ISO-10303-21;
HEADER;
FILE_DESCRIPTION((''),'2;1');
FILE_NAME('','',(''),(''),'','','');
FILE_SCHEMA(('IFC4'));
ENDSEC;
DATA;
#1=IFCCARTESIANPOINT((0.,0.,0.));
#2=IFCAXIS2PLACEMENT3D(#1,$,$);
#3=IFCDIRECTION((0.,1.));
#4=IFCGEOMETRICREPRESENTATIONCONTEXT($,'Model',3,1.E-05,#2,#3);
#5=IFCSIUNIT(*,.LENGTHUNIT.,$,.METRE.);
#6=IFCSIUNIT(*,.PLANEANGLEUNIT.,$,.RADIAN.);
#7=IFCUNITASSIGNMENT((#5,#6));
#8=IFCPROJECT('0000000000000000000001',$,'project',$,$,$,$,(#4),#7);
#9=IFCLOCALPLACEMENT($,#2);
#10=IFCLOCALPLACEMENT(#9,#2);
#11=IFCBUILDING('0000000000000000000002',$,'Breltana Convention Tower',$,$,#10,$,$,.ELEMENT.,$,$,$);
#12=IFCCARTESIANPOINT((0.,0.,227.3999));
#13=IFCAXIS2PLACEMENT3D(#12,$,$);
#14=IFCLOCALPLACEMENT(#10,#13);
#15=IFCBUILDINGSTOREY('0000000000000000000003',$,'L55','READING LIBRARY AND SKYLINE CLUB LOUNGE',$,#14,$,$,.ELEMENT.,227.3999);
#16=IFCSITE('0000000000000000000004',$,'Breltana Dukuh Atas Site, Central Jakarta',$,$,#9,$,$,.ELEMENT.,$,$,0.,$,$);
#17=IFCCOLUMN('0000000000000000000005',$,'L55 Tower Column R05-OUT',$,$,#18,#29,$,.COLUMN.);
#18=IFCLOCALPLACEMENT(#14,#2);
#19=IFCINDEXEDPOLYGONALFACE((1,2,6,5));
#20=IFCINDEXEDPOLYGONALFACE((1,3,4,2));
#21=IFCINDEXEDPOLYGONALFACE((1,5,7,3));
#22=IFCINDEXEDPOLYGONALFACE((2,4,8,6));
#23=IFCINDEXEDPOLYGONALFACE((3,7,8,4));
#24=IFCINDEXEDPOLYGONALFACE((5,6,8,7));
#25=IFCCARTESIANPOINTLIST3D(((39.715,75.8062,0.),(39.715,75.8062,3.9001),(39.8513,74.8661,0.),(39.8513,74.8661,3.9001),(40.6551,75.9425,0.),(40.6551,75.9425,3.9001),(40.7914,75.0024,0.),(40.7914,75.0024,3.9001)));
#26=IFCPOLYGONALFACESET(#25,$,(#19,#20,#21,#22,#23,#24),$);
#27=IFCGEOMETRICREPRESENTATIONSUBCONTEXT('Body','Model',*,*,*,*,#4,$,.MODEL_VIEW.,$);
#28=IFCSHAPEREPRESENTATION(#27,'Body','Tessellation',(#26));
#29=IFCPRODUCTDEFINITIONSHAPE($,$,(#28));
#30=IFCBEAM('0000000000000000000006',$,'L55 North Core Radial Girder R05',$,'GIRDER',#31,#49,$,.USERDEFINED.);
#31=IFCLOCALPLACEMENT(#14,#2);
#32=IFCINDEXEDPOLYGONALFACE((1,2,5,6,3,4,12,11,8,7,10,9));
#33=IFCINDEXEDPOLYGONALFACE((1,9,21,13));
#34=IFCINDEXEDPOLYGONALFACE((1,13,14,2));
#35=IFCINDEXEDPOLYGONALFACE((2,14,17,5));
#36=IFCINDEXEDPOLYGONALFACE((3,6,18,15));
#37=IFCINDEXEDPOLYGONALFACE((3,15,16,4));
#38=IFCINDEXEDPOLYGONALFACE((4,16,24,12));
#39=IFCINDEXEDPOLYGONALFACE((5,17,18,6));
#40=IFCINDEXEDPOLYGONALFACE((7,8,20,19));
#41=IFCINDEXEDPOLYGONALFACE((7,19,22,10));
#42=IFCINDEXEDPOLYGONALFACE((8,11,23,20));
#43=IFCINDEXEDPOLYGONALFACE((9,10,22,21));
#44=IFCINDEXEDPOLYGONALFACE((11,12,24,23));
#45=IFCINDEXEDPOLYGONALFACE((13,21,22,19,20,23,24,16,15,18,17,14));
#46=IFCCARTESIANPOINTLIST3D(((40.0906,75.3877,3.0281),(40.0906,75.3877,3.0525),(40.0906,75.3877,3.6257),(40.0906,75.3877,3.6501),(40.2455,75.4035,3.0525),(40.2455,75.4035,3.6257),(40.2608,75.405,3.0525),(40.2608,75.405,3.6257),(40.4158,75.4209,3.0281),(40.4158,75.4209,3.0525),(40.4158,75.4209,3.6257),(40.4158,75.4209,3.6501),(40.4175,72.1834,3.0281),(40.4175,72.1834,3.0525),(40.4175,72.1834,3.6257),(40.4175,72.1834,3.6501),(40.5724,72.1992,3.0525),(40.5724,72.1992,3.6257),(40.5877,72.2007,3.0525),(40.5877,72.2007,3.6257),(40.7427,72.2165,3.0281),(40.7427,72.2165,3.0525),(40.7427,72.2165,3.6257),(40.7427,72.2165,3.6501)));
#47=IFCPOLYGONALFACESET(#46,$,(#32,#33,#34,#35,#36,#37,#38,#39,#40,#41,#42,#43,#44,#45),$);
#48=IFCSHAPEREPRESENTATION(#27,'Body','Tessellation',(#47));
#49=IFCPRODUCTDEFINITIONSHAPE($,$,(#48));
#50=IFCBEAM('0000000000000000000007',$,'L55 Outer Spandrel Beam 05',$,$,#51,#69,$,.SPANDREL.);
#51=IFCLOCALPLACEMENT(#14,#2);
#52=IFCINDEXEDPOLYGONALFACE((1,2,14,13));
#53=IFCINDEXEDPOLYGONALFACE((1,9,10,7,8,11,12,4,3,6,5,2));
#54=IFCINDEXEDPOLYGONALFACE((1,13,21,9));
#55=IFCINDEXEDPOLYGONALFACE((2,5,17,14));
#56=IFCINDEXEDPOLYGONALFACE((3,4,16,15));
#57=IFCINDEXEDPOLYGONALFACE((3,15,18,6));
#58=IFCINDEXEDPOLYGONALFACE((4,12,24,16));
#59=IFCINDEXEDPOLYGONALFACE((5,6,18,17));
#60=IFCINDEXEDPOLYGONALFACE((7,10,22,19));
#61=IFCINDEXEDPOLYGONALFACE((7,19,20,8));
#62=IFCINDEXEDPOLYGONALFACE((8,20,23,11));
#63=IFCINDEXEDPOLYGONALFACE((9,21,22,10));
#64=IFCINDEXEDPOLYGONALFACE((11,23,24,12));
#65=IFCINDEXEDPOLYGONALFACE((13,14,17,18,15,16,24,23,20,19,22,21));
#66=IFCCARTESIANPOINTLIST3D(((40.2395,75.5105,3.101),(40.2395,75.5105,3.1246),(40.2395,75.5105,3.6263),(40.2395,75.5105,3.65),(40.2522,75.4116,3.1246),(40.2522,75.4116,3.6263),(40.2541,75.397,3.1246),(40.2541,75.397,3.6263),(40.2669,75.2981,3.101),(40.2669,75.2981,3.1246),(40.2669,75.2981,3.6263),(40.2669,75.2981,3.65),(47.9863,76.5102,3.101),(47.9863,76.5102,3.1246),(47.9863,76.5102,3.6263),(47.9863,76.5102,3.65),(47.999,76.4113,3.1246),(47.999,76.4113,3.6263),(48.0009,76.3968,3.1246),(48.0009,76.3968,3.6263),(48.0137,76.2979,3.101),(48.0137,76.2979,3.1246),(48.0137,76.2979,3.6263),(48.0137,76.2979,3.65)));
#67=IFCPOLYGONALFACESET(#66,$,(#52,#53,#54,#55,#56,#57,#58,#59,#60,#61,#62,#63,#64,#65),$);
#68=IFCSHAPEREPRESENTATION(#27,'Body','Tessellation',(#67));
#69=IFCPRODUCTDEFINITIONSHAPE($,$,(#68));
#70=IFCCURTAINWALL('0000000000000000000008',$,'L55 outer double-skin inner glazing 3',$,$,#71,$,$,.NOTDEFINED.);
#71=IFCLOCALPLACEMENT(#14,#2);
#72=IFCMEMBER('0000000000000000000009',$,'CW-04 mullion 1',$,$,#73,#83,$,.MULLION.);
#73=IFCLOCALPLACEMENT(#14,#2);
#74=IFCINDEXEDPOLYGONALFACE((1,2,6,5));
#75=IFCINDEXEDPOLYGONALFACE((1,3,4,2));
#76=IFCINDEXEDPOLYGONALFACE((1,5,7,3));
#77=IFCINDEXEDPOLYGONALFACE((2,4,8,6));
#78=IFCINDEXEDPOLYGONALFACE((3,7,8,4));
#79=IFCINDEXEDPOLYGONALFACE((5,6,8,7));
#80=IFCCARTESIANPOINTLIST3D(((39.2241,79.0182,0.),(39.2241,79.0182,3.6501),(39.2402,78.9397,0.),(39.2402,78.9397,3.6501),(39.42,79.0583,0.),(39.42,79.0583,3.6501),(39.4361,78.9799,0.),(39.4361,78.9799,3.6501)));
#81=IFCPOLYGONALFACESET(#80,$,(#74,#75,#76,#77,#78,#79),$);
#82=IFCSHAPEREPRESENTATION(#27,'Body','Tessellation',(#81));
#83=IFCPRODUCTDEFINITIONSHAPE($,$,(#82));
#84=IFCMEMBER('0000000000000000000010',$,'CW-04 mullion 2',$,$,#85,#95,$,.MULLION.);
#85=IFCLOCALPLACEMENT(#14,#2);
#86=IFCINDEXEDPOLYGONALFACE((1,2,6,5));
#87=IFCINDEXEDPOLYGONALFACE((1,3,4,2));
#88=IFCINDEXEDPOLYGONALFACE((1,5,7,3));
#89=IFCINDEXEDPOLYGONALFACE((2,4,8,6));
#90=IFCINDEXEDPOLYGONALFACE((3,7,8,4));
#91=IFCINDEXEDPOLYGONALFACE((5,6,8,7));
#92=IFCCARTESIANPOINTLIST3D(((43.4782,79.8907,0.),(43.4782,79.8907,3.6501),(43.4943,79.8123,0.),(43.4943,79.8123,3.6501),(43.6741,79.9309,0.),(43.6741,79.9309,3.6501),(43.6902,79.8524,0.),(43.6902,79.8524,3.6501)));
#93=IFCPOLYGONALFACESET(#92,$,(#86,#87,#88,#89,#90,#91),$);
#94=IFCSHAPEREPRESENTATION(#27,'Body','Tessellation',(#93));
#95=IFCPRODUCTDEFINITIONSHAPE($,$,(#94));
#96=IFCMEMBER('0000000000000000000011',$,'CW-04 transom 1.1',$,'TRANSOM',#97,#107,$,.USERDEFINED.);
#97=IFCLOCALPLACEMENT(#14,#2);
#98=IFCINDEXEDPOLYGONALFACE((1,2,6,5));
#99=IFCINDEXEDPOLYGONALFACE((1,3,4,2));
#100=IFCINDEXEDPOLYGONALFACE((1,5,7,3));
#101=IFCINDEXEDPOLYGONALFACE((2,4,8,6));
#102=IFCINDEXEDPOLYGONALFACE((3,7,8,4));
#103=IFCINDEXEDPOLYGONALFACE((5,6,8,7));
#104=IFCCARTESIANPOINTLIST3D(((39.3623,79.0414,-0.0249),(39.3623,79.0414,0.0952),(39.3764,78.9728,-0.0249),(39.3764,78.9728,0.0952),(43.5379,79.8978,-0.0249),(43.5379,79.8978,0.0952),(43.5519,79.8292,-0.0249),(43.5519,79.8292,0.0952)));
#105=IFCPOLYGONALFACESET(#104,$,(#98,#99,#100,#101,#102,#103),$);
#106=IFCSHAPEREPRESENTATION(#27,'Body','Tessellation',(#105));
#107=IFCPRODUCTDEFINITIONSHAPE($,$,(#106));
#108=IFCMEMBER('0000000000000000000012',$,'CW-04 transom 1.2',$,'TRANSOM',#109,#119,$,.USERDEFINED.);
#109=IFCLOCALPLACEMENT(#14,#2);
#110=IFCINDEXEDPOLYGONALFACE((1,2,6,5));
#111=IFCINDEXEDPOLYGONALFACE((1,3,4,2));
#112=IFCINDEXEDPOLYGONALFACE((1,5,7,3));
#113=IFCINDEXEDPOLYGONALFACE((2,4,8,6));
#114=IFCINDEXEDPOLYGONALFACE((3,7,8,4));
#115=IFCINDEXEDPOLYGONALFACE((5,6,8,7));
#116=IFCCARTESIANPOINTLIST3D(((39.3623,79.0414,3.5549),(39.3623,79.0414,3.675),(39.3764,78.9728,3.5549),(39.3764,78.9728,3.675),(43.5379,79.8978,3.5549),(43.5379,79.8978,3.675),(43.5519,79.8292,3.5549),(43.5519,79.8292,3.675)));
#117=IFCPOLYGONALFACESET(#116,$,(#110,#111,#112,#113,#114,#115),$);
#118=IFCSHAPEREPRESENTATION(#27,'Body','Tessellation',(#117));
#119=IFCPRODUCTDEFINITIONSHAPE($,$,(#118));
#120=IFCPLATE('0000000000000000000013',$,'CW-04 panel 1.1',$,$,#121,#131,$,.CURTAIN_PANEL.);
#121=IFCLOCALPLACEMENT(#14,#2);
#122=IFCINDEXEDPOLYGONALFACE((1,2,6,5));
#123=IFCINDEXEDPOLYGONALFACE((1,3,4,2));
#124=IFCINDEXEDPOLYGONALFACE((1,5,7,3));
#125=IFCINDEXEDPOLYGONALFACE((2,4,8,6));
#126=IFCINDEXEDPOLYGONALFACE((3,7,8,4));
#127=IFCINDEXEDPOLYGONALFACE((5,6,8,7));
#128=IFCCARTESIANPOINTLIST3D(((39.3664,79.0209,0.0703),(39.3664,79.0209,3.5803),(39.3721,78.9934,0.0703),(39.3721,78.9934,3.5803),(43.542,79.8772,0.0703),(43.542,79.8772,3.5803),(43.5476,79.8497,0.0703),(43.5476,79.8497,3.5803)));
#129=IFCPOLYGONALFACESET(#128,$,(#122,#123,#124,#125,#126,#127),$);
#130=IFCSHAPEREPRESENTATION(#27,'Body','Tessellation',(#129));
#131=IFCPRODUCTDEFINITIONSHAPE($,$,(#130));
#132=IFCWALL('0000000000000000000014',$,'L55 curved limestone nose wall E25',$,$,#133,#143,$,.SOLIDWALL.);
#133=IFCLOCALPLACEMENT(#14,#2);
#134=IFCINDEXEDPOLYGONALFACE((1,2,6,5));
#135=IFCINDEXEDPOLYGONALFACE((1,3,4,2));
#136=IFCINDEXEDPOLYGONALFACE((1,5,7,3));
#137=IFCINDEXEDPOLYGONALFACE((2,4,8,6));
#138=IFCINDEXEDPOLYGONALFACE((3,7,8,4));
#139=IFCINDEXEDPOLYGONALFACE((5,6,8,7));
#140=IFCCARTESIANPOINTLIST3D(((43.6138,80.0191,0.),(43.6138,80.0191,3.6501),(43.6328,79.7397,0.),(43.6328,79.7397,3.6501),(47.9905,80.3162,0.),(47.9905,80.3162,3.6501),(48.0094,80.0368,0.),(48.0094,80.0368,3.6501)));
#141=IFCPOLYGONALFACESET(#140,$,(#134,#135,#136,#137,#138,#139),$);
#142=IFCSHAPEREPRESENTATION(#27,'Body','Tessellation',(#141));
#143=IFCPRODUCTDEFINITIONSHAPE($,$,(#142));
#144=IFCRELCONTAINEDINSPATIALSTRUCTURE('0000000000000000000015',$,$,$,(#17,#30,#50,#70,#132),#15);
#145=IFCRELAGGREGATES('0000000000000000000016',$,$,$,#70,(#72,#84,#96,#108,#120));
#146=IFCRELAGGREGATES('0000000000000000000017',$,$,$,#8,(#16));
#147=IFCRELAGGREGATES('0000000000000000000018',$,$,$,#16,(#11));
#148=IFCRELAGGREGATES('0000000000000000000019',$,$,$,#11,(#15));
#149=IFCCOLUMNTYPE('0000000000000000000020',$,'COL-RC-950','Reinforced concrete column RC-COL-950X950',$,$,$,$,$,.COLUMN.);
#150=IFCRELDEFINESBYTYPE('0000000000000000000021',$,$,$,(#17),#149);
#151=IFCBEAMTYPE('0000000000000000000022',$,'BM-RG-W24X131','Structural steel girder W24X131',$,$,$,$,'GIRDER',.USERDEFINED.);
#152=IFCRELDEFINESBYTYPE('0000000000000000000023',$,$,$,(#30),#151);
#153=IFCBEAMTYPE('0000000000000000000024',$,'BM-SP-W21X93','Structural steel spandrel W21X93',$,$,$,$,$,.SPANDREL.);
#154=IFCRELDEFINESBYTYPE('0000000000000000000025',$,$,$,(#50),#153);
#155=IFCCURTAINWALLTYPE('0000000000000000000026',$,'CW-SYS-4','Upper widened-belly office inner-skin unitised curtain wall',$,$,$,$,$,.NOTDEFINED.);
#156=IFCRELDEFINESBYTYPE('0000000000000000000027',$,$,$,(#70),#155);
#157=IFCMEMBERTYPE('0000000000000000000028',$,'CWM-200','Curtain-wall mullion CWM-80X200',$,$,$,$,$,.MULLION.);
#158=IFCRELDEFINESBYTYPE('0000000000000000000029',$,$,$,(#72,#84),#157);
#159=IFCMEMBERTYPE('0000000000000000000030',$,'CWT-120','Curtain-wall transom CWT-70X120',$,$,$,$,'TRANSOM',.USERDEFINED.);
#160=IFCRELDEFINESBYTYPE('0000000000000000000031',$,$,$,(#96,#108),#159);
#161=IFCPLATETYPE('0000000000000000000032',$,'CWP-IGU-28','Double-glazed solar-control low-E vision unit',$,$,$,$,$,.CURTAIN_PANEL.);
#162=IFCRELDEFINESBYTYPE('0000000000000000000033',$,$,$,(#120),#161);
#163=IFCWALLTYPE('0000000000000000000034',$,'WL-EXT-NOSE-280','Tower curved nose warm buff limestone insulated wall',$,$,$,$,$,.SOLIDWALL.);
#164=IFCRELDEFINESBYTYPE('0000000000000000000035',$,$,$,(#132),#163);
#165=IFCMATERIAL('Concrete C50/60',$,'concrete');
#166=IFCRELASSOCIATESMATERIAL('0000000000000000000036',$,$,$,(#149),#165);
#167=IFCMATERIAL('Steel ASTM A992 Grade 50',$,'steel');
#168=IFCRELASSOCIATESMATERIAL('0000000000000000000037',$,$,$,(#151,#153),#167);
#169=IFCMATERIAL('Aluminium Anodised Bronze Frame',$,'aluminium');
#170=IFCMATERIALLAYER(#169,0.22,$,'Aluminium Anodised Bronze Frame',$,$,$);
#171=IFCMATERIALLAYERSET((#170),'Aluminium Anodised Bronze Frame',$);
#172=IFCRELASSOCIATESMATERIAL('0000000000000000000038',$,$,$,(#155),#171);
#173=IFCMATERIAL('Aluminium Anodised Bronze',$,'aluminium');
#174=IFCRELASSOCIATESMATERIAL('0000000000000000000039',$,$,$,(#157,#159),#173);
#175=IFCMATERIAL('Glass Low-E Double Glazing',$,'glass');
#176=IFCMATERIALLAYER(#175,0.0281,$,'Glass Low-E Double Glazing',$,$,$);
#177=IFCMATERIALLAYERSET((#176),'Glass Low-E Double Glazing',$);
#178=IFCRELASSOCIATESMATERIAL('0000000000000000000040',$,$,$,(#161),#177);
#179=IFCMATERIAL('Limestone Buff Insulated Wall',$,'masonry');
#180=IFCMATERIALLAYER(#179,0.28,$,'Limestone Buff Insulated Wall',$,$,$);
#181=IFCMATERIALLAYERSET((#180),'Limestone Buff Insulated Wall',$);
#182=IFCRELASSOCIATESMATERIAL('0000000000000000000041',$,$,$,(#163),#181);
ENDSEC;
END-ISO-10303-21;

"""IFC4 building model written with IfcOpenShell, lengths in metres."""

from ifc_helpers import new_model, si_unit, direction, frame, frame_2d, origin, origin_2d, place, context, subcontext, project, spatial, rectangle, i_section, extrude, source, transform, mapped, material, layer, layer_set, material_profile, profile_set, type_object, element, aggregate, save


model = new_model("IFC4")

# Units and contexts
model_context = context("Model", 3, precision=1e-05, world=origin(), true_north=direction((0.0, 1.0)))
body_context = subcontext(model_context, "Body", "Model", "MODEL_VIEW")
ifc_project = project(units=[si_unit("LENGTHUNIT", "METRE"), si_unit("PLANEANGLEUNIT", "RADIAN")], contexts=[model_context])

# Site, building, storey
site_placement = place(None, origin())
site = spatial("IfcSite", under=ifc_project, at=site_placement, Name="Breltana Dukuh Atas Site, Central Jakarta", CompositionType="ELEMENT", RefElevation=0.0)
building_placement = place(site_placement, origin())
building = spatial("IfcBuilding", under=site, at=building_placement, Name="Breltana Convention Tower", CompositionType="ELEMENT")
storey_placement = place(building_placement, frame((0.0, 0.0, 227.3999)))
storey = spatial("IfcBuildingStorey", under=building, at=storey_placement, Name="L55", Description="READING LIBRARY AND SKYLINE CLUB LOUNGE", CompositionType="ELEMENT", Elevation=227.3999)

# Column
ifc_material_1 = material(Name="Concrete C50/60", Category="concrete")
ifc_material_profile_1 = material_profile(ifc_material_1, rectangle(XDim=0.95, YDim=0.95, at=origin_2d()), Name="RC-COL-950X950")
ifc_profile_set_1 = profile_set([ifc_material_profile_1], Name="Concrete C50/60")
column_type = type_object("IfcColumnType", Name="COL-RC-950", Description="Reinforced concrete column RC-COL-950X950", PredefinedType="COLUMN", material=ifc_profile_set_1)
shared_shape_1 = source(origin(), body_context, "Body", "SweptSolid", [
    extrude(rectangle(XDim=0.95, YDim=0.95, at=origin_2d()), origin(), (0.0, 0.0, 1.0), 3.9001),
])
column_placement = place(storey_placement, frame((40.2532, 75.4043, 0.0), z_axis=(0.0, 0.0, 1.0), x_axis=(-0.143493, 0.989651, 0.0)))
element("IfcColumn", 1, at=column_placement, inside=storey, type_object=column_type, Name="L55 Tower Column R05-OUT", PredefinedType="COLUMN", context=body_context, shape_type="MappedRepresentation", body=[
    mapped(shared_shape_1, transform((0.0, 0.0, 0.0), scale=1.0)),
])

# Beams
ifc_material_2 = material(Name="Steel ASTM A992 Grade 50", Category="steel")
ifc_material_profile_2 = material_profile(ifc_material_2, i_section(OverallWidth=0.3269, OverallDepth=0.6221, WebThickness=0.0154, FlangeThickness=0.0244, at=origin_2d()), Name="W24X131")
ifc_profile_set_2 = profile_set([ifc_material_profile_2], Name="Steel ASTM A992 Grade 50")
beam_type_1 = type_object("IfcBeamType", Name="BM-RG-W24X131", Description="Structural steel girder W24X131", ElementType="GIRDER", PredefinedType="USERDEFINED", material=ifc_profile_set_2)
shared_shape_2 = source(origin(), body_context, "Body", "SweptSolid", [
    extrude(i_section(OverallWidth=0.3269, OverallDepth=0.6221, WebThickness=0.0154, FlangeThickness=0.0244, at=origin_2d()), origin(), (0.0, 0.0, 1.0), 3.2209),
])
beam_1_placement = place(storey_placement, frame((40.5801, 72.2, 3.3391), z_axis=(-0.101492, 0.994836, 0.0), x_axis=(-0.994836, -0.101492, 0.0)))
element("IfcBeam", 2, at=beam_1_placement, inside=storey, type_object=beam_type_1, Name="L55 North Core Radial Girder R05", ObjectType="GIRDER", PredefinedType="USERDEFINED", context=body_context, shape_type="MappedRepresentation", body=[
    mapped(shared_shape_2, transform((0.0, 0.0, 0.0), scale=1.0)),
])
ifc_material_profile_3 = material_profile(ifc_material_2, i_section(OverallWidth=0.2141, OverallDepth=0.5491, WebThickness=0.0146, FlangeThickness=0.0237, at=origin_2d()), Name="W21X93")
ifc_profile_set_3 = profile_set([ifc_material_profile_3], Name="Steel ASTM A992 Grade 50")
beam_type_2 = type_object("IfcBeamType", Name="BM-SP-W21X93", Description="Structural steel spandrel W21X93", PredefinedType="SPANDREL", material=ifc_profile_set_3)
shared_shape_3 = source(origin(), body_context, "Body", "SweptSolid", [
    extrude(i_section(OverallWidth=0.2141, OverallDepth=0.5491, WebThickness=0.0146, FlangeThickness=0.0237, at=origin_2d()), origin(), (0.0, 0.0, 1.0), 7.811),
])
beam_2_placement = place(storey_placement, frame((40.2532, 75.4043, 3.3755), z_axis=(0.991775, 0.127992, 0.0), x_axis=(-0.127992, 0.991775, 0.0)))
element("IfcBeam", 3, at=beam_2_placement, inside=storey, type_object=beam_type_2, Name="L55 Outer Spandrel Beam 05", PredefinedType="SPANDREL", context=body_context, shape_type="MappedRepresentation", body=[
    mapped(shared_shape_3, transform((0.0, 0.0, 0.0), scale=1.0)),
])

# Curtain wall, members, plate
ifc_material_3 = material(Name="Aluminium Anodised Bronze Frame", Category="aluminium")
ifc_layer_1 = layer(ifc_material_3, 0.22, Name="Aluminium Anodised Bronze Frame")
ifc_layer_set_1 = layer_set([ifc_layer_1], Name="Aluminium Anodised Bronze Frame")
curtain_wall_type = type_object("IfcCurtainWallType", Name="CW-SYS-4", Description="Upper widened-belly office inner-skin unitised curtain wall", PredefinedType="NOTDEFINED", material=ifc_layer_set_1)
curtain_wall_placement = place(storey_placement, origin())
curtain_wall = element("IfcCurtainWall", 4, at=curtain_wall_placement, inside=storey, type_object=curtain_wall_type, Name="L55 outer double-skin inner glazing 3", PredefinedType="NOTDEFINED")
ifc_material_4 = material(Name="Aluminium Anodised Bronze", Category="aluminium")
ifc_material_profile_4 = material_profile(ifc_material_4, rectangle(XDim=0.0801, YDim=0.2, at=origin_2d()), Name="CWM-80X200")
ifc_profile_set_4 = profile_set([ifc_material_profile_4], Name="Aluminium Anodised Bronze")
member_type_1 = type_object("IfcMemberType", Name="CWM-200", Description="Curtain-wall mullion CWM-80X200", PredefinedType="MULLION", material=ifc_profile_set_4)
shared_shape_4 = source(origin(), body_context, "Body", "SweptSolid", [
    extrude(rectangle(XDim=0.0801, YDim=0.2, at=origin_2d()), origin(), (0.0, 0.0, 1.0), 3.6501),
])
member_1_placement = place(storey_placement, frame((39.3301, 78.999, 0.0), z_axis=(0.0, 0.0, 1.0), x_axis=(-0.20088, 0.979616, 0.0)))
member_1 = element("IfcMember", 5, at=member_1_placement, type_object=member_type_1, Name="CW-04 mullion 1", PredefinedType="MULLION", context=body_context, shape_type="MappedRepresentation", body=[
    mapped(shared_shape_4, transform((0.0, 0.0, 0.0), scale=1.0)),
])
member_2_placement = place(storey_placement, frame((43.5842, 79.8716, 0.0), z_axis=(0.0, 0.0, 1.0), x_axis=(-0.20088, 0.979616, 0.0)))
member_2 = element("IfcMember", 6, at=member_2_placement, type_object=member_type_1, Name="CW-04 mullion 2", PredefinedType="MULLION", context=body_context, shape_type="MappedRepresentation", body=[
    mapped(shared_shape_4, transform((0.0, 0.0, 0.0), scale=1.0)),
])
ifc_material_profile_5 = material_profile(ifc_material_4, rectangle(XDim=0.0701, YDim=0.1201, at=origin_2d()), Name="CWT-70X120")
ifc_profile_set_5 = profile_set([ifc_material_profile_5], Name="Aluminium Anodised Bronze")
member_type_2 = type_object("IfcMemberType", Name="CWT-120", Description="Curtain-wall transom CWT-70X120", ElementType="TRANSOM", PredefinedType="USERDEFINED", material=ifc_profile_set_5)
shared_shape_5 = source(origin(), body_context, "Body", "SweptSolid", [
    extrude(rectangle(XDim=0.0701, YDim=0.1201, at=origin_2d()), origin(), (0.0, 0.0, 1.0), 4.2625),
])
member_3_placement = place(storey_placement, frame((39.3694, 79.0071, 0.0352), z_axis=(0.979606, 0.200927, 0.0), x_axis=(-0.200927, 0.979606, 0.0)))
member_3 = element("IfcMember", 7, at=member_3_placement, type_object=member_type_2, Name="CW-04 transom 1.1", ObjectType="TRANSOM", PredefinedType="USERDEFINED", context=body_context, shape_type="MappedRepresentation", body=[
    mapped(shared_shape_5, transform((0.0, 0.0, 0.0), scale=1.0)),
])
member_4_placement = place(storey_placement, frame((39.3694, 79.0071, 3.615), z_axis=(0.979606, 0.200927, 0.0), x_axis=(-0.200927, 0.979606, 0.0)))
member_4 = element("IfcMember", 8, at=member_4_placement, type_object=member_type_2, Name="CW-04 transom 1.2", ObjectType="TRANSOM", PredefinedType="USERDEFINED", context=body_context, shape_type="MappedRepresentation", body=[
    mapped(shared_shape_5, transform((0.0, 0.0, 0.0), scale=1.0)),
])
ifc_material_5 = material(Name="Glass Low-E Double Glazing", Category="glass")
ifc_layer_2 = layer(ifc_material_5, 0.0281, Name="Glass Low-E Double Glazing")
ifc_layer_set_2 = layer_set([ifc_layer_2], Name="Glass Low-E Double Glazing")
plate_type = type_object("IfcPlateType", Name="CWP-IGU-28", Description="Double-glazed solar-control low-E vision unit", PredefinedType="CURTAIN_PANEL", material=ifc_layer_set_2)
shared_shape_6 = source(origin(), body_context, "Body", "SweptSolid", [
    extrude(rectangle(XDim=4.2625, YDim=0.0281, at=origin_2d()), origin(), (0.0, 0.0, 1.0), 3.51),
])
plate_placement = place(storey_placement, frame((41.457, 79.4353, 0.0703), z_axis=(0.0, 0.0, 1.0), x_axis=(0.979616, 0.20088, 0.0)))
plate = element("IfcPlate", 9, at=plate_placement, type_object=plate_type, Name="CW-04 panel 1.1", PredefinedType="CURTAIN_PANEL", context=body_context, shape_type="MappedRepresentation", body=[
    mapped(shared_shape_6, transform((0.0, 0.0, 0.0), scale=1.0)),
])
aggregate(curtain_wall, [member_1, member_2, member_3, member_4, plate])

# Wall
ifc_material_6 = material(Name="Limestone Buff Insulated Wall", Category="masonry")
ifc_layer_3 = layer(ifc_material_6, 0.28, Name="Limestone Buff Insulated Wall")
ifc_layer_set_3 = layer_set([ifc_layer_3], Name="Limestone Buff Insulated Wall")
wall_type_1 = type_object("IfcWallType", Name="WL-EXT-NOSE-280", Description="Tower curved nose warm buff limestone insulated wall", PredefinedType="SOLIDWALL", material=ifc_layer_set_3)
shared_shape_7 = source(origin(), body_context, "Body", "SweptSolid", [
    extrude(rectangle(XDim=4.3867, YDim=0.28, at=frame_2d((2.1934, 0.0))), origin(), (0.0, 0.0, 1.0), 3.6501),
])
wall_1_placement = place(storey_placement, frame((43.6233, 79.8794, 0.0), z_axis=(0.0, 0.0, 1.0), x_axis=(0.997704, 0.067731, 0.0)))
element("IfcWall", 10, at=wall_1_placement, inside=storey, type_object=wall_type_1, Name="L55 curved limestone nose wall E25", PredefinedType="SOLIDWALL", context=body_context, shape_type="MappedRepresentation", body=[
    mapped(shared_shape_7, transform((0.0, 0.0, 0.0), scale=1.0)),
])

save(model, "model.ifc")
